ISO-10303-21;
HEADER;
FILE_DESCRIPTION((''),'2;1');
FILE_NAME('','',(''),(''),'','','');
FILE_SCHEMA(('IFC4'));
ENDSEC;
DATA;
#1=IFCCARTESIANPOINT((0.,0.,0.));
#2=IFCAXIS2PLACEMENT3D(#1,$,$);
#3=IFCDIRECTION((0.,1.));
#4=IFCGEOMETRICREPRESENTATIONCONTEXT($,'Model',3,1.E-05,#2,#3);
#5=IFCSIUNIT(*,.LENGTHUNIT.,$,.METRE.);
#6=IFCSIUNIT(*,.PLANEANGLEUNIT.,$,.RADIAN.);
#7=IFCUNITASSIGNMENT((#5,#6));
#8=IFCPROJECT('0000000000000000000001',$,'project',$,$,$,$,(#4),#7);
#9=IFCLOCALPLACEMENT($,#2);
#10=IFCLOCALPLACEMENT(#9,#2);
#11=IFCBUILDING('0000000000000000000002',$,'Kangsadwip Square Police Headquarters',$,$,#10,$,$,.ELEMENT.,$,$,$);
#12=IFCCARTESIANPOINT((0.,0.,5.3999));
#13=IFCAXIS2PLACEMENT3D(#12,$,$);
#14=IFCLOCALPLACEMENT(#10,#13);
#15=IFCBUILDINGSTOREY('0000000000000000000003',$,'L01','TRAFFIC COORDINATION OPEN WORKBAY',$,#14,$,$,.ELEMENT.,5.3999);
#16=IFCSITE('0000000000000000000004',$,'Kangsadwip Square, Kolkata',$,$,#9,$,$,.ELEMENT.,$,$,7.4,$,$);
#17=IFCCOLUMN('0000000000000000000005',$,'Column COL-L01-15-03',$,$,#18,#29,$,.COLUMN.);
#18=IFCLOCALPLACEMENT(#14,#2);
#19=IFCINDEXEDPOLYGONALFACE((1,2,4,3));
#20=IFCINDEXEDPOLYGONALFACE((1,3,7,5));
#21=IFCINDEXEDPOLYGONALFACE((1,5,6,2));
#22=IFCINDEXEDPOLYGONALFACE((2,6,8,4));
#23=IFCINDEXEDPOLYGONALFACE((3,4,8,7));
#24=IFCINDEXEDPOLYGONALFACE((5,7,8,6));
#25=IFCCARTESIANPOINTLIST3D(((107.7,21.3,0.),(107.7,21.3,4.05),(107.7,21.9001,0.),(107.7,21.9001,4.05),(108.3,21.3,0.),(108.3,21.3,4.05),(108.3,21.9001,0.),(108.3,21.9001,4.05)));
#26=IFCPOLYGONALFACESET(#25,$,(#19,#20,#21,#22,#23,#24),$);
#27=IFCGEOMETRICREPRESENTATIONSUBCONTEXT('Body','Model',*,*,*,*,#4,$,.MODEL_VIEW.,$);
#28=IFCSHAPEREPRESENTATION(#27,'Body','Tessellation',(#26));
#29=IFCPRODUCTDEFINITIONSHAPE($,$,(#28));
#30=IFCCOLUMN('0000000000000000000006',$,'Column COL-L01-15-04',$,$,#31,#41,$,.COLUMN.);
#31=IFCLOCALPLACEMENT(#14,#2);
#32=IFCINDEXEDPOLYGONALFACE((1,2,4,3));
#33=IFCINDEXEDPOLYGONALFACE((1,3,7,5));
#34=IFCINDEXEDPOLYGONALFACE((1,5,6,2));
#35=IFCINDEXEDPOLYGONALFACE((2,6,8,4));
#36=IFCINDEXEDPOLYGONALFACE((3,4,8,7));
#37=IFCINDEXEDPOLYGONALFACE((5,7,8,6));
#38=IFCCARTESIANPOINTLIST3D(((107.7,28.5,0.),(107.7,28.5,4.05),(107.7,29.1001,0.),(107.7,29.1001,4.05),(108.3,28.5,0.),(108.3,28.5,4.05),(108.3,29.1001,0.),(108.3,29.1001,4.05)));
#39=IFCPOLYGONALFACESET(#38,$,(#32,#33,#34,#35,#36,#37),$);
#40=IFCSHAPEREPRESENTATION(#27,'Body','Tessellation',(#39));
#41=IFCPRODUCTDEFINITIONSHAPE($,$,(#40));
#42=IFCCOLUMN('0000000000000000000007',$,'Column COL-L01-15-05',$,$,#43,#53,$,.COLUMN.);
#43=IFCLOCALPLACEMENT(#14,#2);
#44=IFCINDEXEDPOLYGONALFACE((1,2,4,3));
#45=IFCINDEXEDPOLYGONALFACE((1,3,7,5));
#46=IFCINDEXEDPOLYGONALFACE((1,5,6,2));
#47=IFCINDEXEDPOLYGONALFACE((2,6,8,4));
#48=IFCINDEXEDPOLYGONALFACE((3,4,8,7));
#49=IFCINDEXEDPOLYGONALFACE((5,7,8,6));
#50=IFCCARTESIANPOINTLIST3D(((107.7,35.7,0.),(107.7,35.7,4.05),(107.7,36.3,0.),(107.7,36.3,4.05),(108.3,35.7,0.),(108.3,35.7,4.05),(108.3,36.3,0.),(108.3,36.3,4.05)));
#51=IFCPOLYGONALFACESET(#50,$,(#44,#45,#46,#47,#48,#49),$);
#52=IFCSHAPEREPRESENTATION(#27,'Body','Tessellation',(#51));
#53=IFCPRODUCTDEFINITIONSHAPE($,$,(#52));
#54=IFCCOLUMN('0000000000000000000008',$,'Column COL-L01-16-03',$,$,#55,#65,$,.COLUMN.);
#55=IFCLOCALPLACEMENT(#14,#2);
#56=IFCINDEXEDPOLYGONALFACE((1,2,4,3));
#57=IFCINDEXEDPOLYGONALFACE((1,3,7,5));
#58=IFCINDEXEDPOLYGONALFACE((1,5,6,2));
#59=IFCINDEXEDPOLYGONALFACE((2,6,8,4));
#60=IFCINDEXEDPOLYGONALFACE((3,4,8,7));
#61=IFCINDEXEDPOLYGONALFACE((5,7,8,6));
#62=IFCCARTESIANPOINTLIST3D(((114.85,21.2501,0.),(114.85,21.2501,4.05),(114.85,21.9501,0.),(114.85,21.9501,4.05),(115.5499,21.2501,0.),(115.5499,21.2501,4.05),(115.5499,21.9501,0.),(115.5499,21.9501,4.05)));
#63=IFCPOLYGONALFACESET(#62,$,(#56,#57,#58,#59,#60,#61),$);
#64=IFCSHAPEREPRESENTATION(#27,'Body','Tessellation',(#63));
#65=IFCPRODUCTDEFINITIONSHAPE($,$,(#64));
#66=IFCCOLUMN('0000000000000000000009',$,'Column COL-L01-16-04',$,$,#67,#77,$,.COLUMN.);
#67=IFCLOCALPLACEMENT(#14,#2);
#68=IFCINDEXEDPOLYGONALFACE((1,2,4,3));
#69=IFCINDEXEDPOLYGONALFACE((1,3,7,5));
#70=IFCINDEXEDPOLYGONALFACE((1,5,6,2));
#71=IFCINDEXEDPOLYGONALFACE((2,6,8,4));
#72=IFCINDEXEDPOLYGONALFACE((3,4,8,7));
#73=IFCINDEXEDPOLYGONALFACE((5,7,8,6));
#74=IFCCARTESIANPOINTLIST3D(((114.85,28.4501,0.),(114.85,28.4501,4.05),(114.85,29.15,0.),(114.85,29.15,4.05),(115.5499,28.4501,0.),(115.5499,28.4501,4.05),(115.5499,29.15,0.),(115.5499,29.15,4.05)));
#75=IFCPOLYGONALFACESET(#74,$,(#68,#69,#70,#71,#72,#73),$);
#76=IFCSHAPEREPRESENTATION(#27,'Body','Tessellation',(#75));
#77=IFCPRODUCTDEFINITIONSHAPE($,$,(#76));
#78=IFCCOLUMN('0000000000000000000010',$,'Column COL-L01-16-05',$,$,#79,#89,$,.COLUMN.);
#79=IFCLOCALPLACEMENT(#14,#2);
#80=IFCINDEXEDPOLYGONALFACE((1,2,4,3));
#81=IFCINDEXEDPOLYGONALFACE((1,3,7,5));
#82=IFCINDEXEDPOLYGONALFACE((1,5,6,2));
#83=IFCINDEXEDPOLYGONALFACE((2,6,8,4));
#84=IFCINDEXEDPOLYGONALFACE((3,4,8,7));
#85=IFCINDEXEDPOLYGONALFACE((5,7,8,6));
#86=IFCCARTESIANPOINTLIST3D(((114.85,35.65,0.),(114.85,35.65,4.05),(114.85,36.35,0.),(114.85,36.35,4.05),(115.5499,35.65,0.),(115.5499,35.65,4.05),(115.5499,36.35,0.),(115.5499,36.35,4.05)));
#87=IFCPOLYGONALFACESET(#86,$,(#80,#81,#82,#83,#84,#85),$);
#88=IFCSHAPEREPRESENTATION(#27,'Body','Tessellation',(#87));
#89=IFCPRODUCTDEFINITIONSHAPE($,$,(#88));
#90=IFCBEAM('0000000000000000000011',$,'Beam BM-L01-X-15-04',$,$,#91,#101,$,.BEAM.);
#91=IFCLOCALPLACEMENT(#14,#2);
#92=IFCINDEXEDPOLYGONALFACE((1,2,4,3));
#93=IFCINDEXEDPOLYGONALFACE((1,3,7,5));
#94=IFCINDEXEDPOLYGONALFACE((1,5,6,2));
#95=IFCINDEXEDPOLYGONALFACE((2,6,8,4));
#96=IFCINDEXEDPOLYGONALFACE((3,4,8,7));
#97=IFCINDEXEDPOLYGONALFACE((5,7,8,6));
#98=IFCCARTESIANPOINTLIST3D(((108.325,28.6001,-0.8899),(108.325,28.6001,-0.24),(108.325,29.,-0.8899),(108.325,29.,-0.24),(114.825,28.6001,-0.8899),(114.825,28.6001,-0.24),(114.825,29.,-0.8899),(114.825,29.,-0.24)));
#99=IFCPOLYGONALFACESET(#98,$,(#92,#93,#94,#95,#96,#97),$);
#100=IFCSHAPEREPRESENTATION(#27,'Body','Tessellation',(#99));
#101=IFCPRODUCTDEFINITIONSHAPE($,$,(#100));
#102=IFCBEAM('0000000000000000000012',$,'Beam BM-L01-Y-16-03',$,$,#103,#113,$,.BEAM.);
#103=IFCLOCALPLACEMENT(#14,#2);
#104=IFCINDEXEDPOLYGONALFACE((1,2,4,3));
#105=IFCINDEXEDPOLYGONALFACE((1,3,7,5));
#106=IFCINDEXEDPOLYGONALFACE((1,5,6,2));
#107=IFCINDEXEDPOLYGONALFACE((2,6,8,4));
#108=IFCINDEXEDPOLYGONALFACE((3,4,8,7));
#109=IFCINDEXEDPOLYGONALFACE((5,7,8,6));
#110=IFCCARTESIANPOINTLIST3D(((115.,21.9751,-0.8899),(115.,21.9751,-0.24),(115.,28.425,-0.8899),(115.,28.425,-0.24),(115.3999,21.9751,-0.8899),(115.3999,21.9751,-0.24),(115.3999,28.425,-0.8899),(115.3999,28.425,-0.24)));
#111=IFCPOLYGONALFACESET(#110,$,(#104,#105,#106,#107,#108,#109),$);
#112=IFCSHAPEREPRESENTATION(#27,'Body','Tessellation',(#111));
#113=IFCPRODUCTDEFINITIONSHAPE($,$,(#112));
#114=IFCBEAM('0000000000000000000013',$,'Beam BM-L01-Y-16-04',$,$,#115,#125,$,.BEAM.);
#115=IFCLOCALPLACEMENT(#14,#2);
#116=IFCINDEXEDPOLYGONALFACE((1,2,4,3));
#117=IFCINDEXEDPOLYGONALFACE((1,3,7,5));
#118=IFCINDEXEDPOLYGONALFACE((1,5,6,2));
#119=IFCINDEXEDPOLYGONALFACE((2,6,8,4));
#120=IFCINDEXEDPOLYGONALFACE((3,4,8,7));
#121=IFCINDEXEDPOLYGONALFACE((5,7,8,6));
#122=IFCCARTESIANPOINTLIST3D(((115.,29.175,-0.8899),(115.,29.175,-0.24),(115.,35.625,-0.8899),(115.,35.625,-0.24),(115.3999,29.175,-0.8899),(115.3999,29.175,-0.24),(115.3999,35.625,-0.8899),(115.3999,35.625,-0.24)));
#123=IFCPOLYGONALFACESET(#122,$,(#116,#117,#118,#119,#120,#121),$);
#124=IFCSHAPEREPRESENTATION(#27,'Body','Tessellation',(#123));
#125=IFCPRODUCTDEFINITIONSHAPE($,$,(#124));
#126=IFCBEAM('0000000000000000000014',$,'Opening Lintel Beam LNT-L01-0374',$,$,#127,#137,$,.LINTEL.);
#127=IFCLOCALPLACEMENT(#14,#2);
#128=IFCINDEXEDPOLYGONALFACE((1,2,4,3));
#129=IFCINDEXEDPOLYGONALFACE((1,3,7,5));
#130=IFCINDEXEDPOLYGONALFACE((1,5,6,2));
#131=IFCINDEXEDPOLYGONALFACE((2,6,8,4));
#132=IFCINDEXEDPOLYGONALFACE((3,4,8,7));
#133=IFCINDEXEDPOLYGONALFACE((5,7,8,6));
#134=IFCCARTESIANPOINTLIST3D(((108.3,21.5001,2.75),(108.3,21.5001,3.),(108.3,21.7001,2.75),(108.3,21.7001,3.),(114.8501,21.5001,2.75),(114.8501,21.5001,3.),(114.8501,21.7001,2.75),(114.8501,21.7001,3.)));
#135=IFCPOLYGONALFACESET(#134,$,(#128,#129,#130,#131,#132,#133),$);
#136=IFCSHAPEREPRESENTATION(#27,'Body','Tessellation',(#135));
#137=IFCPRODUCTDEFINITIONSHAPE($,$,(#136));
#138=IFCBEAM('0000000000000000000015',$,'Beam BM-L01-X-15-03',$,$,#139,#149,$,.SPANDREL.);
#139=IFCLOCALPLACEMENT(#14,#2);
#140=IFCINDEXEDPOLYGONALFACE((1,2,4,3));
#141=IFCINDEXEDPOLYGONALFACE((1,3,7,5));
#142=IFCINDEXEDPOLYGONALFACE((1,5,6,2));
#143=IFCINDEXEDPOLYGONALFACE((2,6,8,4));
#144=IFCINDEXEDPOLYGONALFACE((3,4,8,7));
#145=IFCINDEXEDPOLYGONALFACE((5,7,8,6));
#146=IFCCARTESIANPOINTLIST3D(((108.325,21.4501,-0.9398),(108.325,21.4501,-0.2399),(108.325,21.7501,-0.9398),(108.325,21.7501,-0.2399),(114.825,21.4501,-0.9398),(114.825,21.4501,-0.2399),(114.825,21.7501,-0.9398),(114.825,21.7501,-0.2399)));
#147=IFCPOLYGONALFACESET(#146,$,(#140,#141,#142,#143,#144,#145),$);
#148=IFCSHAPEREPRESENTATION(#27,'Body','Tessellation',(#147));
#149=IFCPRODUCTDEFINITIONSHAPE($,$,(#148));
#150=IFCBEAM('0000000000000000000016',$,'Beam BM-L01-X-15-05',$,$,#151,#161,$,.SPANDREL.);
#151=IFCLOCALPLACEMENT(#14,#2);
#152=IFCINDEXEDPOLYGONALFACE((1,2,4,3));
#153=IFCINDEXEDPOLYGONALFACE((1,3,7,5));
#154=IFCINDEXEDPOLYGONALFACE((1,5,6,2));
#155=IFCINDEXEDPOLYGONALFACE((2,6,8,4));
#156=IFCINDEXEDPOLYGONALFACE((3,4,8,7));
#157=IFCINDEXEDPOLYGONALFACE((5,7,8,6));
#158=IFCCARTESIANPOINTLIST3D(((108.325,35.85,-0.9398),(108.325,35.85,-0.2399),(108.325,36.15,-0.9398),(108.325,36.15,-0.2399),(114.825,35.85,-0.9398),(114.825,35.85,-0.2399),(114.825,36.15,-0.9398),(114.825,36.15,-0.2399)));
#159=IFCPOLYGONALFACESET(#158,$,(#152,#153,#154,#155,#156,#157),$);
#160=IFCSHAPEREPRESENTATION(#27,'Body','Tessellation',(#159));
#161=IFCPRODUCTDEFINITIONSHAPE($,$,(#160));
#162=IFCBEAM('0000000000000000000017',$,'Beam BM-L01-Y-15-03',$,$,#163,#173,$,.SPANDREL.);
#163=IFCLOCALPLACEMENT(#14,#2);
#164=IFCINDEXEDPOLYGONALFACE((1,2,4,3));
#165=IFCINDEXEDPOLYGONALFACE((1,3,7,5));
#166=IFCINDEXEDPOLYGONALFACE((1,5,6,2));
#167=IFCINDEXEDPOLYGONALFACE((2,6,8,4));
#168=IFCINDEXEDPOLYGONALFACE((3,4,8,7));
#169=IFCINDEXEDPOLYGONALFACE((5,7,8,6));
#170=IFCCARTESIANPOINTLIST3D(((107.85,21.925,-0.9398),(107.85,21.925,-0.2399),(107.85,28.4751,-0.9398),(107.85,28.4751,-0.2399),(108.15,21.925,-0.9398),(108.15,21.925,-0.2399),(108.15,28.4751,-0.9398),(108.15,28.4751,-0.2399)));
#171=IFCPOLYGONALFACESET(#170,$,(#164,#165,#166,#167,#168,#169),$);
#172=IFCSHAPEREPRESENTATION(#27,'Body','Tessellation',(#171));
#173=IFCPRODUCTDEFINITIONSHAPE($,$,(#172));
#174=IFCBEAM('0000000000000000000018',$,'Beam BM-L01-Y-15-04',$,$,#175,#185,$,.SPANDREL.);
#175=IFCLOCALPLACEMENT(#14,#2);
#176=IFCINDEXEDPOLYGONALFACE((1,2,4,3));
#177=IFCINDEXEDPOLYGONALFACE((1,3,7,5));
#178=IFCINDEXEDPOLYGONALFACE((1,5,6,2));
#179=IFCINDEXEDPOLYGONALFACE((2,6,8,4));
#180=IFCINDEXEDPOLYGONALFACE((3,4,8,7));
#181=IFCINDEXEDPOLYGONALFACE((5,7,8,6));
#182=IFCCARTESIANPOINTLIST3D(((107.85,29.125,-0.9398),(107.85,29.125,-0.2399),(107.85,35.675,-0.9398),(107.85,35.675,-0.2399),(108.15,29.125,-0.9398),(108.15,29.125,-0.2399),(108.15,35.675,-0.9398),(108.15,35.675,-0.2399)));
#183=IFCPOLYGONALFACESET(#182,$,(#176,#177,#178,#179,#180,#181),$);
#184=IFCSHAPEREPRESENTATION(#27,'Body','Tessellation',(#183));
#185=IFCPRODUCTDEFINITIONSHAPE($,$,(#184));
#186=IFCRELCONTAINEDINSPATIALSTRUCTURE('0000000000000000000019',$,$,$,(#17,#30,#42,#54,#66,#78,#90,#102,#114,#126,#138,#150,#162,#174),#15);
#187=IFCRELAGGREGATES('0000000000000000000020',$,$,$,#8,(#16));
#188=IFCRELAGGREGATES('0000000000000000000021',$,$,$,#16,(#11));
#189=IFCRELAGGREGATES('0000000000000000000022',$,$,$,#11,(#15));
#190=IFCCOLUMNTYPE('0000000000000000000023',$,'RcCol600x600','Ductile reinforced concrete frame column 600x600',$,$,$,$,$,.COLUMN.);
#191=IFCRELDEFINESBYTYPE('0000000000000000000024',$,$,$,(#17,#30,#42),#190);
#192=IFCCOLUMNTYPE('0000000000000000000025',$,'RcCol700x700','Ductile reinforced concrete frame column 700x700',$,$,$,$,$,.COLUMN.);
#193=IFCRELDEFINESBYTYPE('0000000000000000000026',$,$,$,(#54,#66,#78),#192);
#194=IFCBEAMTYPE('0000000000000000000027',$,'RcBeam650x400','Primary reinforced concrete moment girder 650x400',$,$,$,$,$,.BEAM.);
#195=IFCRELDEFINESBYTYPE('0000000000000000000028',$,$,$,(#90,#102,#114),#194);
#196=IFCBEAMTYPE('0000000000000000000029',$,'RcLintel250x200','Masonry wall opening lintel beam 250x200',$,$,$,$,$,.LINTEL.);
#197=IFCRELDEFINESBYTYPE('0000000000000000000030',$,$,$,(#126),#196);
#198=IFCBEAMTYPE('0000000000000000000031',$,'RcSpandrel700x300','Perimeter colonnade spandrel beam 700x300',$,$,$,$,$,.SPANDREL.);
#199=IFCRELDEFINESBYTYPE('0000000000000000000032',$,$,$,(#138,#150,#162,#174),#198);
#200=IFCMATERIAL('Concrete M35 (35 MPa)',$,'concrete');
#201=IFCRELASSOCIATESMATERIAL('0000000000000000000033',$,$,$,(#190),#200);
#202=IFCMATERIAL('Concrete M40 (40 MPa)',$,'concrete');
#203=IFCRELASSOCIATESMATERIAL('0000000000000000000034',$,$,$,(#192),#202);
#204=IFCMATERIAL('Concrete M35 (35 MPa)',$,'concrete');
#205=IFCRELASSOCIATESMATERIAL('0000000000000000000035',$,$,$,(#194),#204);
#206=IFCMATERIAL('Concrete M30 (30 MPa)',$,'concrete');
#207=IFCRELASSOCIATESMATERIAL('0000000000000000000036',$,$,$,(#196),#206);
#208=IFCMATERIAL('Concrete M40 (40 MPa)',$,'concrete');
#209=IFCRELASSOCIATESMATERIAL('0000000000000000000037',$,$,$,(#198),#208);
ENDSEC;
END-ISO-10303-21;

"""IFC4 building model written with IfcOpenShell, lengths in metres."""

from ifc_helpers import new_model, si_unit, direction, frame, origin, origin_2d, place, context, subcontext, project, spatial, rectangle, extrude, material, material_profile, profile_set, type_object, element, save


model = new_model("IFC4")

# Units and contexts
model_context = context("Model", 3, precision=1e-05, world=origin(), true_north=direction((0.0, 1.0)))
body_context = subcontext(model_context, "Body", "Model", "MODEL_VIEW")
ifc_project = project(units=[si_unit("LENGTHUNIT", "METRE"), si_unit("PLANEANGLEUNIT", "RADIAN")], contexts=[model_context])

# Site, building, storey
site_placement = place(None, origin())
site = spatial("IfcSite", under=ifc_project, at=site_placement, Name="Kangsadwip Square, Kolkata", CompositionType="ELEMENT", RefElevation=7.4)
building_placement = place(site_placement, origin())
building = spatial("IfcBuilding", under=site, at=building_placement, Name="Kangsadwip Square Police Headquarters", CompositionType="ELEMENT")
storey_placement = place(building_placement, frame((0.0, 0.0, 5.3999)))
storey = spatial("IfcBuildingStorey", under=building, at=storey_placement, Name="L01", Description="TRAFFIC COORDINATION OPEN WORKBAY", CompositionType="ELEMENT", Elevation=5.3999)

# Columns
ifc_material_1 = material(Name="Concrete M35 (35 MPa)", Category="concrete")
ifc_material_profile_1 = material_profile(ifc_material_1, rectangle(XDim=0.6001, YDim=0.6001, at=origin_2d()), Name="RC COL 600X600")
ifc_profile_set_1 = profile_set([ifc_material_profile_1], Name="Concrete M35 (35 MPa)")
column_type_1 = type_object("IfcColumnType", Name="RcCol600x600", Description="Ductile reinforced concrete frame column 600x600", PredefinedType="COLUMN", material=ifc_profile_set_1)
for number, where, z_axis, x_axis, name in (
    (1, (108.0, 21.6001, 0.0), (0.0, 0.0, 1.0), (1.0, 0.0, 0.0), "Column COL-L01-15-03"),
    (2, (108.0, 28.8, 0.0), (0.0, 0.0, 1.0), (1.0, 0.0, 0.0), "Column COL-L01-15-04"),
    (3, (108.0, 36.0, 0.0), (0.0, 0.0, 1.0), (1.0, 0.0, 0.0), "Column COL-L01-15-05"),
):
    element("IfcColumn", number, at=place(storey_placement, frame(where, z_axis=z_axis, x_axis=x_axis)), inside=storey, type_object=column_type_1, Name=name, PredefinedType="COLUMN", context=body_context, shape_type="SweptSolid", body=[
        extrude(rectangle(XDim=0.6001, YDim=0.6001, at=origin_2d()), origin(), (0.0, 0.0, 1.0), 4.05),
    ])
ifc_material_2 = material(Name="Concrete M40 (40 MPa)", Category="concrete")
ifc_material_profile_2 = material_profile(ifc_material_2, rectangle(XDim=0.7, YDim=0.7, at=origin_2d()), Name="RC COL 700X700")
ifc_profile_set_2 = profile_set([ifc_material_profile_2], Name="Concrete M40 (40 MPa)")
column_type_2 = type_object("IfcColumnType", Name="RcCol700x700", Description="Ductile reinforced concrete frame column 700x700", PredefinedType="COLUMN", material=ifc_profile_set_2)
for number, where, z_axis, x_axis, name in (
    (4, (115.2, 21.6001, 0.0), (0.0, 0.0, 1.0), (1.0, 0.0, 0.0), "Column COL-L01-16-03"),
    (5, (115.2, 28.8, 0.0), (0.0, 0.0, 1.0), (1.0, 0.0, 0.0), "Column COL-L01-16-04"),
    (6, (115.2, 36.0, 0.0), (0.0, 0.0, 1.0), (1.0, 0.0, 0.0), "Column COL-L01-16-05"),
):
    element("IfcColumn", number, at=place(storey_placement, frame(where, z_axis=z_axis, x_axis=x_axis)), inside=storey, type_object=column_type_2, Name=name, PredefinedType="COLUMN", context=body_context, shape_type="SweptSolid", body=[
        extrude(rectangle(XDim=0.7, YDim=0.7, at=origin_2d()), origin(), (0.0, 0.0, 1.0), 4.05),
    ])

# Beams
ifc_material_3 = material(Name="Concrete M35 (35 MPa)", Category="concrete")
ifc_material_profile_3 = material_profile(ifc_material_3, rectangle(XDim=0.3999, YDim=0.6499, at=origin_2d()), Name="RC BM 650X400")
ifc_profile_set_3 = profile_set([ifc_material_profile_3], Name="Concrete M35 (35 MPa)")
beam_type_1 = type_object("IfcBeamType", Name="RcBeam650x400", Description="Primary reinforced concrete moment girder 650x400", PredefinedType="BEAM", material=ifc_profile_set_3)
beam_1_placement = place(storey_placement, frame((108.325, 28.8, -0.5649), z_axis=(1.0, 0.0, 0.0), x_axis=(0.0, 1.0, 0.0)))
element("IfcBeam", 7, at=beam_1_placement, inside=storey, type_object=beam_type_1, Name="Beam BM-L01-X-15-04", PredefinedType="BEAM", context=body_context, shape_type="SweptSolid", body=[
    extrude(rectangle(XDim=0.3999, YDim=0.6499, at=origin_2d()), origin(), (0.0, 0.0, 1.0), 6.5),
])
for number, where, z_axis, x_axis, name in (
    (8, (115.2, 21.9751, -0.5649), (0.0, 1.0, 0.0), (-1.0, 0.0, 0.0), "Beam BM-L01-Y-16-03"),
    (9, (115.2, 29.175, -0.5649), (0.0, 1.0, 0.0), (-1.0, 0.0, 0.0), "Beam BM-L01-Y-16-04"),
):
    element("IfcBeam", number, at=place(storey_placement, frame(where, z_axis=z_axis, x_axis=x_axis)), inside=storey, type_object=beam_type_1, Name=name, PredefinedType="BEAM", context=body_context, shape_type="SweptSolid", body=[
        extrude(rectangle(XDim=0.3999, YDim=0.6499, at=origin_2d()), origin(), (0.0, 0.0, 1.0), 6.45),
    ])
ifc_material_4 = material(Name="Concrete M30 (30 MPa)", Category="concrete")
ifc_material_profile_4 = material_profile(ifc_material_4, rectangle(XDim=0.2, YDim=0.25, at=origin_2d()), Name="RC LNT 250X200")
ifc_profile_set_4 = profile_set([ifc_material_profile_4], Name="Concrete M30 (30 MPa)")
beam_type_2 = type_object("IfcBeamType", Name="RcLintel250x200", Description="Masonry wall opening lintel beam 250x200", PredefinedType="LINTEL", material=ifc_profile_set_4)
beam_2_placement = place(storey_placement, frame((108.3, 21.6001, 2.875), z_axis=(1.0, 0.0, 0.0), x_axis=(0.0, 1.0, 0.0)))
element("IfcBeam", 10, at=beam_2_placement, inside=storey, type_object=beam_type_2, Name="Opening Lintel Beam LNT-L01-0374", PredefinedType="LINTEL", context=body_context, shape_type="SweptSolid", body=[
    extrude(rectangle(XDim=0.2, YDim=0.25, at=origin_2d()), origin(), (0.0, 0.0, 1.0), 6.55),
])
ifc_material_5 = material(Name="Concrete M40 (40 MPa)", Category="concrete")
ifc_material_profile_5 = material_profile(ifc_material_5, rectangle(XDim=0.3, YDim=0.7, at=origin_2d()), Name="RC SPN 700X300")
ifc_profile_set_5 = profile_set([ifc_material_profile_5], Name="Concrete M40 (40 MPa)")
beam_type_3 = type_object("IfcBeamType", Name="RcSpandrel700x300", Description="Perimeter colonnade spandrel beam 700x300", PredefinedType="SPANDREL", material=ifc_profile_set_5)
for number, where, z_axis, x_axis, name in (
    (11, (108.325, 21.6001, -0.5898), (1.0, 0.0, 0.0), (0.0, 1.0, 0.0), "Beam BM-L01-X-15-03"),
    (12, (108.325, 36.0, -0.5898), (1.0, 0.0, 0.0), (0.0, 1.0, 0.0), "Beam BM-L01-X-15-05"),
):
    element("IfcBeam", number, at=place(storey_placement, frame(where, z_axis=z_axis, x_axis=x_axis)), inside=storey, type_object=beam_type_3, Name=name, PredefinedType="SPANDREL", context=body_context, shape_type="SweptSolid", body=[
        extrude(rectangle(XDim=0.3, YDim=0.7, at=origin_2d()), origin(), (0.0, 0.0, 1.0), 6.5),
    ])
for number, where, z_axis, x_axis, name in (
    (13, (108.0, 21.925, -0.5898), (0.0, 1.0, 0.0), (-1.0, 0.0, 0.0), "Beam BM-L01-Y-15-03"),
    (14, (108.0, 29.125, -0.5898), (0.0, 1.0, 0.0), (-1.0, 0.0, 0.0), "Beam BM-L01-Y-15-04"),
):
    element("IfcBeam", number, at=place(storey_placement, frame(where, z_axis=z_axis, x_axis=x_axis)), inside=storey, type_object=beam_type_3, Name=name, PredefinedType="SPANDREL", context=body_context, shape_type="SweptSolid", body=[
        extrude(rectangle(XDim=0.3, YDim=0.7, at=origin_2d()), origin(), (0.0, 0.0, 1.0), 6.55),
    ])

save(model, "model.ifc")
